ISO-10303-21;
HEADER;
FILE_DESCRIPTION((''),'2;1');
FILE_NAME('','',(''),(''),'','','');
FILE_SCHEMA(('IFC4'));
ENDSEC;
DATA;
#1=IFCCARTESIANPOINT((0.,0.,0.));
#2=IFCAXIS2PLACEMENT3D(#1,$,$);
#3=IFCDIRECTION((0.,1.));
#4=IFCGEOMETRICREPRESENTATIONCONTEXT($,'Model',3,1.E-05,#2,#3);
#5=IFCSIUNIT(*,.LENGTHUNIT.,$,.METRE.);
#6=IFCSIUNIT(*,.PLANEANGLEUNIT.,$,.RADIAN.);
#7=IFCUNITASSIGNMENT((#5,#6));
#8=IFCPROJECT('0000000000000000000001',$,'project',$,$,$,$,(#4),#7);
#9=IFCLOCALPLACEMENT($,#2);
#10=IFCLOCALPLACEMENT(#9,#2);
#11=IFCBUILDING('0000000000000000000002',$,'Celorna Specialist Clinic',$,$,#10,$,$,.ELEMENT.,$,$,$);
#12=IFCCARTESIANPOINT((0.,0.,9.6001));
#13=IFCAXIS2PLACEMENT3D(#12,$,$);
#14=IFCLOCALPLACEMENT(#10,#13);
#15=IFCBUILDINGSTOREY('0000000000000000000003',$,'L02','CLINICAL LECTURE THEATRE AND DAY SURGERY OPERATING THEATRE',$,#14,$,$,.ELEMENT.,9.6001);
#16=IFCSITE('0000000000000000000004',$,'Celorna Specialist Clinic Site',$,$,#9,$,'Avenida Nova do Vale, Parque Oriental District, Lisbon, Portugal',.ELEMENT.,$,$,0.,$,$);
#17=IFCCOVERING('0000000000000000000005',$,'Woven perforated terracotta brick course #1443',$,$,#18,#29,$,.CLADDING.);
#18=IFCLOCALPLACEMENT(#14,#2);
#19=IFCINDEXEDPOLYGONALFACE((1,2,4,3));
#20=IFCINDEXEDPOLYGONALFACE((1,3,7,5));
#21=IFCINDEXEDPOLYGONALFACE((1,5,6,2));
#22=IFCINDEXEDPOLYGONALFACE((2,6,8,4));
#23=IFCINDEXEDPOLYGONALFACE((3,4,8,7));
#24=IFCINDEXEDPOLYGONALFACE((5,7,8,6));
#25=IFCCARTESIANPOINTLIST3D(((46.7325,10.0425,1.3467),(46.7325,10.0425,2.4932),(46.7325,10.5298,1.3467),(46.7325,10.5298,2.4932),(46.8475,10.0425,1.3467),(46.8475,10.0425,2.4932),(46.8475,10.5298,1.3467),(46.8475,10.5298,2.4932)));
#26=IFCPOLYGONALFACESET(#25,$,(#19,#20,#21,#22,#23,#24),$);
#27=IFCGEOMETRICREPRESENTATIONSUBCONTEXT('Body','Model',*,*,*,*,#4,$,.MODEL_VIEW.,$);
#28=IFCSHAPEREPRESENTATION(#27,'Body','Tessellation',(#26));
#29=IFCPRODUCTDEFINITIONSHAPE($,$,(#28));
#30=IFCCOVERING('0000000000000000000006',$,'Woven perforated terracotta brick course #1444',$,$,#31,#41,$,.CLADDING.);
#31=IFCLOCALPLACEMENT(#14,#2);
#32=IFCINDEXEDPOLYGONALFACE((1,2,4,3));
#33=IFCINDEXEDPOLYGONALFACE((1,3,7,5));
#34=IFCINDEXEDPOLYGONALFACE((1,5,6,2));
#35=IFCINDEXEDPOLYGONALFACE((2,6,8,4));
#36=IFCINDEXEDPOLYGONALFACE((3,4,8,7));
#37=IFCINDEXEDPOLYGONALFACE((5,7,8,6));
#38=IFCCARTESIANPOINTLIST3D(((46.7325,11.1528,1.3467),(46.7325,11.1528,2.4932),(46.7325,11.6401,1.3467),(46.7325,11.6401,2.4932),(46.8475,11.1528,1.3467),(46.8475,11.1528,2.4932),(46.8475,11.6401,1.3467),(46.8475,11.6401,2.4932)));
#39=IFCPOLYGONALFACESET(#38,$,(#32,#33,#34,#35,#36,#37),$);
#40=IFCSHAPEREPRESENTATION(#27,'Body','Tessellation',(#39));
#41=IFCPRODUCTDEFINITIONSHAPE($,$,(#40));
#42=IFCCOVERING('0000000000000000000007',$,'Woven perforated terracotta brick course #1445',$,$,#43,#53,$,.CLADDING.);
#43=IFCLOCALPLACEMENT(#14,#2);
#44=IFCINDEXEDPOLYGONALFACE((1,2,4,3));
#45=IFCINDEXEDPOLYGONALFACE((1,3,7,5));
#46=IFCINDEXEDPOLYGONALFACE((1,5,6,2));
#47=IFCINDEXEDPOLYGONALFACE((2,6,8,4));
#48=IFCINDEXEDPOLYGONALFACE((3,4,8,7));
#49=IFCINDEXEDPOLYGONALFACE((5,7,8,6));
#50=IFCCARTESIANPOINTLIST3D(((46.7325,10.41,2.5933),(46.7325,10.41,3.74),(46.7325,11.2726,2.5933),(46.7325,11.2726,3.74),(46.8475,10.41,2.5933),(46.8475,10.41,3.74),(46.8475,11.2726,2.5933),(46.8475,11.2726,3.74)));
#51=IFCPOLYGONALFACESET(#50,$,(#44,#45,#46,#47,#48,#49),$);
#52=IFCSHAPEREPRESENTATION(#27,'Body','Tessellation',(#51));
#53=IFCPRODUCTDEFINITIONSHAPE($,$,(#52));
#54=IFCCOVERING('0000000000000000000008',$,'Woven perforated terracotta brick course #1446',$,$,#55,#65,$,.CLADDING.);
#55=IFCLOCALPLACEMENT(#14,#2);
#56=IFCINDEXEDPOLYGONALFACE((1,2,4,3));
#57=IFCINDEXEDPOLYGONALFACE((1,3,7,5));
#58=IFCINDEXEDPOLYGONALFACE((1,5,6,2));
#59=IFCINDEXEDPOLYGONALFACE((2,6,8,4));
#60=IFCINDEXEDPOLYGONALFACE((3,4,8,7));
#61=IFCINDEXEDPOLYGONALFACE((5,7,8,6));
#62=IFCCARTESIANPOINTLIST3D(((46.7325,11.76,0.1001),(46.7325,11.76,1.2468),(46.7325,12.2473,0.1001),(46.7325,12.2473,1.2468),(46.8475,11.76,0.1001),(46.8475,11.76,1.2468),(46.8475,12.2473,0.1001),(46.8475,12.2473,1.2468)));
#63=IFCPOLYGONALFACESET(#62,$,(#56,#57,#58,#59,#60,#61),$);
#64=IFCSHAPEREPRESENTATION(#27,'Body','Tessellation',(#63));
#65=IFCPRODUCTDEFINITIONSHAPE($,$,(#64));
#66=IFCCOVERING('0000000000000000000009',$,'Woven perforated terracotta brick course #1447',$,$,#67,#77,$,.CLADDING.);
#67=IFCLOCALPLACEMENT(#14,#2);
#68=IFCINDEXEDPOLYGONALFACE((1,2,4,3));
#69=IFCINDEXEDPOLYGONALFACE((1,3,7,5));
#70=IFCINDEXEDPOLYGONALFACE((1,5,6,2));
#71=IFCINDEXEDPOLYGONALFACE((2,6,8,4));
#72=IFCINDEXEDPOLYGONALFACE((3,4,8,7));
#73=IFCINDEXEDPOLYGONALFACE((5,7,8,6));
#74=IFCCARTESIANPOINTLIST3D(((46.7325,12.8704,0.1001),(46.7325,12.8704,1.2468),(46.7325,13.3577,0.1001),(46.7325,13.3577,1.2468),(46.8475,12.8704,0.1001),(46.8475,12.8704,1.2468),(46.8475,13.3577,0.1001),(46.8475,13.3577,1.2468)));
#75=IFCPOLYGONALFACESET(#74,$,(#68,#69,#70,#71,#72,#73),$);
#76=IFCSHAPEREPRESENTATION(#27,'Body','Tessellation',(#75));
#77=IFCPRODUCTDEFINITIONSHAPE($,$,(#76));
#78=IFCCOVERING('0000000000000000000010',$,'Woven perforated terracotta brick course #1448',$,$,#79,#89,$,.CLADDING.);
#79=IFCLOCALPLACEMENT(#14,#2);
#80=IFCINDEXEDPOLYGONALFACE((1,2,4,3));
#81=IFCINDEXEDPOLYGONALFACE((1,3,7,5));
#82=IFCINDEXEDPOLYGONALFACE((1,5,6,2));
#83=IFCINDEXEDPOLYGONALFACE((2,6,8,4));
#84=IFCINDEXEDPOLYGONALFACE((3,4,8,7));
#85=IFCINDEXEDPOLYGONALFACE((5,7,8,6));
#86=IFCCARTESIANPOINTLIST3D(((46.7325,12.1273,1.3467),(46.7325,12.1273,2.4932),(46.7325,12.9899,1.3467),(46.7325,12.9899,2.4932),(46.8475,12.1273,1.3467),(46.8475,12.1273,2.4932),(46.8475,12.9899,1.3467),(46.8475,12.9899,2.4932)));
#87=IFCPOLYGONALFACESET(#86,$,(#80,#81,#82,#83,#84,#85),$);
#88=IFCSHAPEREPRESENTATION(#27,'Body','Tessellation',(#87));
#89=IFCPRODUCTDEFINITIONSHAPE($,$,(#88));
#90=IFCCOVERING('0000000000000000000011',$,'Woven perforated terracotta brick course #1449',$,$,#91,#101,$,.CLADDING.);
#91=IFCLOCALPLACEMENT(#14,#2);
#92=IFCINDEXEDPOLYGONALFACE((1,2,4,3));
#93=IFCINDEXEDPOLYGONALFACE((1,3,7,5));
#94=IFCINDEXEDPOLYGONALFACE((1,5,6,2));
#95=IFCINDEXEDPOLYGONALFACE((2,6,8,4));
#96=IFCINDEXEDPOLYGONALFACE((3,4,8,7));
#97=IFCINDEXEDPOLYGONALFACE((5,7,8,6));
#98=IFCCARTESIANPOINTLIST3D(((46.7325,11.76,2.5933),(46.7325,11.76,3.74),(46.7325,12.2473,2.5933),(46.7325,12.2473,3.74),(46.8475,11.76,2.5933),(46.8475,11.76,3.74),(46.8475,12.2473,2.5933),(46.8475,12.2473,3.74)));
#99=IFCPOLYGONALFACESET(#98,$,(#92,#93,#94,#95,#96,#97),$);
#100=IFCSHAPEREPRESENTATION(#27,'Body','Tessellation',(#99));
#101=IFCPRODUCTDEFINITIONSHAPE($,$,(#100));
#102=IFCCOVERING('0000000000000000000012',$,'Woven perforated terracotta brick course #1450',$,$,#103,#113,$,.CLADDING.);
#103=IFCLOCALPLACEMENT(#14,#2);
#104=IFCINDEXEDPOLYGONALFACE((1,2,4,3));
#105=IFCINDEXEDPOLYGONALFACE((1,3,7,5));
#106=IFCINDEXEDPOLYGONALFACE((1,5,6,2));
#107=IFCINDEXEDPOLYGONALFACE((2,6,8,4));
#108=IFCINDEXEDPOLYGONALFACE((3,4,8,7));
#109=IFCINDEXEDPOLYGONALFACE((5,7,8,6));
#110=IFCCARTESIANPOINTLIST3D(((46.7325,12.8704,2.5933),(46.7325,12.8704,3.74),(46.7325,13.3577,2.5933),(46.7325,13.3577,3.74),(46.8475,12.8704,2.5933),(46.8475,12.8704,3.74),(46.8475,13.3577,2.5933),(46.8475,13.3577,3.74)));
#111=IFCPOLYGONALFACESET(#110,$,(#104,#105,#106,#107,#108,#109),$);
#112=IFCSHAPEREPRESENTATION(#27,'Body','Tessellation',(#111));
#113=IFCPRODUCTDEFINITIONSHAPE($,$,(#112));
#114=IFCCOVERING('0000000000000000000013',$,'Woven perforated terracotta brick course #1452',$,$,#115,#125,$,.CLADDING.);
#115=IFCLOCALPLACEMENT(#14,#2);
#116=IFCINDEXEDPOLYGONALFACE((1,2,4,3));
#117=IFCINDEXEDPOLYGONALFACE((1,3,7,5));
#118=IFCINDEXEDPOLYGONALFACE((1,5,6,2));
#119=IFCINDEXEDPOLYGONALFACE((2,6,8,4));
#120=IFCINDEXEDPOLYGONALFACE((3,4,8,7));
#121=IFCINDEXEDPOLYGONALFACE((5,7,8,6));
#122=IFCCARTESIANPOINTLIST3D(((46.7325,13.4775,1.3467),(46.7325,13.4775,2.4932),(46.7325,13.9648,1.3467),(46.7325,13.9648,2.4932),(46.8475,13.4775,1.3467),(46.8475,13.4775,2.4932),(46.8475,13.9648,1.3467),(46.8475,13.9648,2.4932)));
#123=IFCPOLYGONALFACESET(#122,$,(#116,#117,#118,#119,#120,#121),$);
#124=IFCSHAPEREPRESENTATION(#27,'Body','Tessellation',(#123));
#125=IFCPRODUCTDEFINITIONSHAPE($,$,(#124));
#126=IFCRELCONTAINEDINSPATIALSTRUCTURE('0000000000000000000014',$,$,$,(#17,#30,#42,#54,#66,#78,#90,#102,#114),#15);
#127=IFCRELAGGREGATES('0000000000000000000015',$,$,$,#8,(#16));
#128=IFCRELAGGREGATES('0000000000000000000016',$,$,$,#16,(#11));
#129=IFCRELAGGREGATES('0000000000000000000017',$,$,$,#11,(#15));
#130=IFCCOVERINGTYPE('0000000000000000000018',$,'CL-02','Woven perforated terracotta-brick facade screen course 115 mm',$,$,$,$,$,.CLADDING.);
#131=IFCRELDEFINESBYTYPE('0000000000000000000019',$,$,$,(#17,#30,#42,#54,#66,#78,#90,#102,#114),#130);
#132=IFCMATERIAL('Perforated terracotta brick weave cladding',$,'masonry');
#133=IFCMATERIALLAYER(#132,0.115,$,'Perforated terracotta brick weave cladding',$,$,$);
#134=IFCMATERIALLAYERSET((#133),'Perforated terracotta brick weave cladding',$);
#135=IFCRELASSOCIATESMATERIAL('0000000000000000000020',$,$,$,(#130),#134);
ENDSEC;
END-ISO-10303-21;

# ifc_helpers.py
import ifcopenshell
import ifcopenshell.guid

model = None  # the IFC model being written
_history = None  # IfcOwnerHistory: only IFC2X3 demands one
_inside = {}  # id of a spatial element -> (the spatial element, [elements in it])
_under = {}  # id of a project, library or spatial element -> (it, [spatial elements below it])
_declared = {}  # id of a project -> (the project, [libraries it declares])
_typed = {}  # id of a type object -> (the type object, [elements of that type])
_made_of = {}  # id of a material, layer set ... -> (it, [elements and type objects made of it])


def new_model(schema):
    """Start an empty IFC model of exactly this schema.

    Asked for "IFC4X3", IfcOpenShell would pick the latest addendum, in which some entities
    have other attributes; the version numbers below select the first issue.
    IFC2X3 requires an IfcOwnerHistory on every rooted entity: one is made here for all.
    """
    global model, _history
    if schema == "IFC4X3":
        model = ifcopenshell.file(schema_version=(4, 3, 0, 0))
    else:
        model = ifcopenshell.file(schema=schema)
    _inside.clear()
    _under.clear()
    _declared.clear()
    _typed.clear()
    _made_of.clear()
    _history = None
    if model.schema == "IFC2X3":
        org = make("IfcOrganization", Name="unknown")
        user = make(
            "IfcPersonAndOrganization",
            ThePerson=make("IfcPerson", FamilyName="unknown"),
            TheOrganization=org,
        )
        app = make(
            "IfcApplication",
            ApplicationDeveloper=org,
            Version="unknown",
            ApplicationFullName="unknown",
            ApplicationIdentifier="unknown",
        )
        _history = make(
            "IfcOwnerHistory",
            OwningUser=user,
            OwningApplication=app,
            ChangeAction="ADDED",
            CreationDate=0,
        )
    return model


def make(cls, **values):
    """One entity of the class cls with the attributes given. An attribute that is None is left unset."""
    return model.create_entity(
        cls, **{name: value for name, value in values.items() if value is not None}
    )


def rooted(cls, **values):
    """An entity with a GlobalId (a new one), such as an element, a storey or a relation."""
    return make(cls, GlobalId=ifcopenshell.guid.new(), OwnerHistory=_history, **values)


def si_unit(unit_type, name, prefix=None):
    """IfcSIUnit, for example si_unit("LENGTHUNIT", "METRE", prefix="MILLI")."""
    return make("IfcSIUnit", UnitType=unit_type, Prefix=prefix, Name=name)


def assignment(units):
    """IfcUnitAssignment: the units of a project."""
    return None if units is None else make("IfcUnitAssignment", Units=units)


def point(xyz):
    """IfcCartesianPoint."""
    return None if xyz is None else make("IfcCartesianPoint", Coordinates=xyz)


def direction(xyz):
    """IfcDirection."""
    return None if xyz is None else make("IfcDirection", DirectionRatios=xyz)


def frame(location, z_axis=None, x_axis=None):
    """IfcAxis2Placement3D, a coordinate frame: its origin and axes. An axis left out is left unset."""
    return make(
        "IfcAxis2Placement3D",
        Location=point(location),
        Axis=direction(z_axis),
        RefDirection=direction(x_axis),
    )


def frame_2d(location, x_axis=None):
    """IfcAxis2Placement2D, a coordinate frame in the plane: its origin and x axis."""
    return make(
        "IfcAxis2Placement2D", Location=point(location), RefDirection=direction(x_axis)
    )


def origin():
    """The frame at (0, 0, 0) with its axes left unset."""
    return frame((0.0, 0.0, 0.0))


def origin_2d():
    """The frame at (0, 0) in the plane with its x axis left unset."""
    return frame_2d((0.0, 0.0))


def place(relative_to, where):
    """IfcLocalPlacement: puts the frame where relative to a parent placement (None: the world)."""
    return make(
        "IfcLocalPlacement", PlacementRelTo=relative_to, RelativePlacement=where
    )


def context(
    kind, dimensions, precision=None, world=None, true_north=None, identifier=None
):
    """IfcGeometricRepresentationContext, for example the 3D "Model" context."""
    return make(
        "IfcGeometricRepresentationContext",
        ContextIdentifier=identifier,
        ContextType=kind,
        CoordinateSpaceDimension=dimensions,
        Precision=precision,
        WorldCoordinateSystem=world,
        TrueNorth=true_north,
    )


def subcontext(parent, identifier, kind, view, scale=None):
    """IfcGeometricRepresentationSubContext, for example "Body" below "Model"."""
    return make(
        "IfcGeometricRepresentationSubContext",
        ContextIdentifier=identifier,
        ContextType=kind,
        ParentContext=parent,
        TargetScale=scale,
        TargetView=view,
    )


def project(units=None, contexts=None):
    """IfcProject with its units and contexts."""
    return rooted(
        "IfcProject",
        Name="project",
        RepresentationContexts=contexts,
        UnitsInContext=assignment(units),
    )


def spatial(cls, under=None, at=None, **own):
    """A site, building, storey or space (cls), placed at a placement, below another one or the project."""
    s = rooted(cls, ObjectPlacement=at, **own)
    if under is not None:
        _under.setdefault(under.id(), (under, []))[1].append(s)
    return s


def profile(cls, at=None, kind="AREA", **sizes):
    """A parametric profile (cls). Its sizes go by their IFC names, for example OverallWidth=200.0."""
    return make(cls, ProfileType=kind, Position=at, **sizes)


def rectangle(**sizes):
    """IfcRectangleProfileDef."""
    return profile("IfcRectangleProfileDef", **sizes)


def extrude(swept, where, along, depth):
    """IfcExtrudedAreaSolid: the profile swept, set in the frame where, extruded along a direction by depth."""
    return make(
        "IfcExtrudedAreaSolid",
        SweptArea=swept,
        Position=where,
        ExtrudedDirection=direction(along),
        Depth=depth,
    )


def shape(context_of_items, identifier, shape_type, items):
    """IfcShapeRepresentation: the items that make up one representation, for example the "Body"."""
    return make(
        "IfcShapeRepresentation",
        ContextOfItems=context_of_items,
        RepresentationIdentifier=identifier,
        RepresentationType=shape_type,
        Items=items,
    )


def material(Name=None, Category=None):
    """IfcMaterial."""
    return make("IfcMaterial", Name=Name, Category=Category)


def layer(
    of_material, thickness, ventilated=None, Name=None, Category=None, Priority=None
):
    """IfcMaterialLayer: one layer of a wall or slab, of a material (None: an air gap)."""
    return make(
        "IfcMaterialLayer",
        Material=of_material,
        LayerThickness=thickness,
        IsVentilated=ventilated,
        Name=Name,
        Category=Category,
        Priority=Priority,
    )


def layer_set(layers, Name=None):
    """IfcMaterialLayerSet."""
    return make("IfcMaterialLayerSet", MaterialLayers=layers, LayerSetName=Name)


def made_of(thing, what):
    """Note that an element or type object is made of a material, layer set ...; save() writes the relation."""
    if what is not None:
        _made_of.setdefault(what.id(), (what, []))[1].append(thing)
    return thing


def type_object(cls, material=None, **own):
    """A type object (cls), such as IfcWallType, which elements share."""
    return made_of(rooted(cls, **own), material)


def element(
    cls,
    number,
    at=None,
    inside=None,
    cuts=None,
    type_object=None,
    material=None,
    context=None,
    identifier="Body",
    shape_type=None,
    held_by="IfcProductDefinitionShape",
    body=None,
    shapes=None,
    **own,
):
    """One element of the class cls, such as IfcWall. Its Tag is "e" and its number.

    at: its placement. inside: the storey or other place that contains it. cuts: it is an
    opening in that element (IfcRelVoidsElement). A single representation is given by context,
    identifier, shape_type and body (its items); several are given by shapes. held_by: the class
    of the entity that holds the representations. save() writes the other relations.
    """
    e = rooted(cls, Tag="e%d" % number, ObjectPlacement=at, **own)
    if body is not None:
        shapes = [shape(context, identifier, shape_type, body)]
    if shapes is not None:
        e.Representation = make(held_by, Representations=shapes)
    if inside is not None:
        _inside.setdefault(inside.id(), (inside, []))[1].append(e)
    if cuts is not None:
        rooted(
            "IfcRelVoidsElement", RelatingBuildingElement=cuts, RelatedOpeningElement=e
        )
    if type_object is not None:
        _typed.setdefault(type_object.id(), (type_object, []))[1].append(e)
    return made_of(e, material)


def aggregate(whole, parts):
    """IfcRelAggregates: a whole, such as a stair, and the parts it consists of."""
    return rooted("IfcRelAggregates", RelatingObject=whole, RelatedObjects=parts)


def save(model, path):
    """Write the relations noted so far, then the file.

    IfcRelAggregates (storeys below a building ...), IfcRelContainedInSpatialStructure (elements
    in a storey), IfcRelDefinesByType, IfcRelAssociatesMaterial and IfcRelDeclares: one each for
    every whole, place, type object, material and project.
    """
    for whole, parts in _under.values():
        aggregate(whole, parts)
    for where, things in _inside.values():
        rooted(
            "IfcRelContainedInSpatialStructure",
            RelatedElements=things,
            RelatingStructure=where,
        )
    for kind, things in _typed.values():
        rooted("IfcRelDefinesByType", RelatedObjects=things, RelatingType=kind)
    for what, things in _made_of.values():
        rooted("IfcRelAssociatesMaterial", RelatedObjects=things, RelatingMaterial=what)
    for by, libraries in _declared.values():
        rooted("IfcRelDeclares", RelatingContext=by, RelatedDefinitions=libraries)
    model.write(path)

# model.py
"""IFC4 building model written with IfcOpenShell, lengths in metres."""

from ifc_helpers import new_model, si_unit, direction, frame, origin, origin_2d, place, context, subcontext, project, spatial, rectangle, extrude, material, layer, layer_set, type_object, element, save


model = new_model("IFC4")

# Units and contexts
model_context = context("Model", 3, precision=1e-05, world=origin(), true_north=direction((0.0, 1.0)))
body_context = subcontext(model_context, "Body", "Model", "MODEL_VIEW")
ifc_project = project(units=[si_unit("LENGTHUNIT", "METRE"), si_unit("PLANEANGLEUNIT", "RADIAN")], contexts=[model_context])

# Site, building, storey
site_placement = place(None, origin())
site = spatial("IfcSite", under=ifc_project, at=site_placement, Name="Celorna Specialist Clinic Site", LongName="Avenida Nova do Vale, Parque Oriental District, Lisbon, Portugal", CompositionType="ELEMENT", RefElevation=0.0)
building_placement = place(site_placement, origin())
building = spatial("IfcBuilding", under=site, at=building_placement, Name="Celorna Specialist Clinic", CompositionType="ELEMENT")
storey_placement = place(building_placement, frame((0.0, 0.0, 9.6001)))
storey = spatial("IfcBuildingStorey", under=building, at=storey_placement, Name="L02", Description="CLINICAL LECTURE THEATRE AND DAY SURGERY OPERATING THEATRE", CompositionType="ELEMENT", Elevation=9.6001)

# Coverings
ifc_material_1 = material(Name="Perforated terracotta brick weave cladding", Category="masonry")
ifc_layer_1 = layer(ifc_material_1, 0.115, Name="Perforated terracotta brick weave cladding")
ifc_layer_set_1 = layer_set([ifc_layer_1], Name="Perforated terracotta brick weave cladding")
covering_type = type_object("IfcCoveringType", Name="CL-02", Description="Woven perforated terracotta-brick facade screen course 115 mm", PredefinedType="CLADDING", material=ifc_layer_set_1)
for number, where, z_axis, x_axis, name in (
    (1, (46.79, 10.2861, 1.3467), (0.0, 0.0, 1.0), (0.0, 1.0, 0.0), "Woven perforated terracotta brick course #1443"),
    (2, (46.79, 11.3965, 1.3467), (0.0, 0.0, 1.0), (0.0, 1.0, 0.0), "Woven perforated terracotta brick course #1444"),
):
    element("IfcCovering", number, at=place(storey_placement, frame(where, z_axis=z_axis, x_axis=x_axis)), inside=storey, type_object=covering_type, Name=name, PredefinedType="CLADDING", context=body_context, shape_type="SweptSolid", body=[
        extrude(rectangle(XDim=0.4873, YDim=0.115, at=origin_2d()), origin(), (0.0, 0.0, 1.0), 1.1465),
    ])
covering_1_placement = place(storey_placement, frame((46.79, 10.8413, 2.5933), z_axis=(0.0, 0.0, 1.0), x_axis=(0.0, 1.0, 0.0)))
element("IfcCovering", 3, at=covering_1_placement, inside=storey, type_object=covering_type, Name="Woven perforated terracotta brick course #1445", PredefinedType="CLADDING", context=body_context, shape_type="SweptSolid", body=[
    extrude(rectangle(XDim=0.8625, YDim=0.115, at=origin_2d()), origin(), (0.0, 0.0, 1.0), 1.1467),
])
for number, where, z_axis, x_axis, name in (
    (4, (46.79, 12.0037, 0.1001), (0.0, 0.0, 1.0), (0.0, 1.0, 0.0), "Woven perforated terracotta brick course #1446"),
    (5, (46.79, 13.114, 0.1001), (0.0, 0.0, 1.0), (0.0, 1.0, 0.0), "Woven perforated terracotta brick course #1447"),
):
    element("IfcCovering", number, at=place(storey_placement, frame(where, z_axis=z_axis, x_axis=x_axis)), inside=storey, type_object=covering_type, Name=name, PredefinedType="CLADDING", context=body_context, shape_type="SweptSolid", body=[
        extrude(rectangle(XDim=0.4873, YDim=0.115, at=origin_2d()), origin(), (0.0, 0.0, 1.0), 1.1467),
    ])
covering_2_placement = place(storey_placement, frame((46.79, 12.5586, 1.3467), z_axis=(0.0, 0.0, 1.0), x_axis=(0.0, 1.0, 0.0)))
element("IfcCovering", 6, at=covering_2_placement, inside=storey, type_object=covering_type, Name="Woven perforated terracotta brick course #1448", PredefinedType="CLADDING", context=body_context, shape_type="SweptSolid", body=[
    extrude(rectangle(XDim=0.8625, YDim=0.115, at=origin_2d()), origin(), (0.0, 0.0, 1.0), 1.1465),
])
for number, where, z_axis, x_axis, name in (
    (7, (46.79, 12.0037, 2.5933), (0.0, 0.0, 1.0), (0.0, 1.0, 0.0), "Woven perforated terracotta brick course #1449"),
    (8, (46.79, 13.114, 2.5933), (0.0, 0.0, 1.0), (0.0, 1.0, 0.0), "Woven perforated terracotta brick course #1450"),
):
    element("IfcCovering", number, at=place(storey_placement, frame(where, z_axis=z_axis, x_axis=x_axis)), inside=storey, type_object=covering_type, Name=name, PredefinedType="CLADDING", context=body_context, shape_type="SweptSolid", body=[
        extrude(rectangle(XDim=0.4873, YDim=0.115, at=origin_2d()), origin(), (0.0, 0.0, 1.0), 1.1467),
    ])
covering_3_placement = place(storey_placement, frame((46.79, 13.7212, 1.3467), z_axis=(0.0, 0.0, 1.0), x_axis=(0.0, 1.0, 0.0)))
element("IfcCovering", 9, at=covering_3_placement, inside=storey, type_object=covering_type, Name="Woven perforated terracotta brick course #1452", PredefinedType="CLADDING", context=body_context, shape_type="SweptSolid", body=[
    extrude(rectangle(XDim=0.4873, YDim=0.115, at=origin_2d()), origin(), (0.0, 0.0, 1.0), 1.1465),
])

save(model, "model.ifc")
